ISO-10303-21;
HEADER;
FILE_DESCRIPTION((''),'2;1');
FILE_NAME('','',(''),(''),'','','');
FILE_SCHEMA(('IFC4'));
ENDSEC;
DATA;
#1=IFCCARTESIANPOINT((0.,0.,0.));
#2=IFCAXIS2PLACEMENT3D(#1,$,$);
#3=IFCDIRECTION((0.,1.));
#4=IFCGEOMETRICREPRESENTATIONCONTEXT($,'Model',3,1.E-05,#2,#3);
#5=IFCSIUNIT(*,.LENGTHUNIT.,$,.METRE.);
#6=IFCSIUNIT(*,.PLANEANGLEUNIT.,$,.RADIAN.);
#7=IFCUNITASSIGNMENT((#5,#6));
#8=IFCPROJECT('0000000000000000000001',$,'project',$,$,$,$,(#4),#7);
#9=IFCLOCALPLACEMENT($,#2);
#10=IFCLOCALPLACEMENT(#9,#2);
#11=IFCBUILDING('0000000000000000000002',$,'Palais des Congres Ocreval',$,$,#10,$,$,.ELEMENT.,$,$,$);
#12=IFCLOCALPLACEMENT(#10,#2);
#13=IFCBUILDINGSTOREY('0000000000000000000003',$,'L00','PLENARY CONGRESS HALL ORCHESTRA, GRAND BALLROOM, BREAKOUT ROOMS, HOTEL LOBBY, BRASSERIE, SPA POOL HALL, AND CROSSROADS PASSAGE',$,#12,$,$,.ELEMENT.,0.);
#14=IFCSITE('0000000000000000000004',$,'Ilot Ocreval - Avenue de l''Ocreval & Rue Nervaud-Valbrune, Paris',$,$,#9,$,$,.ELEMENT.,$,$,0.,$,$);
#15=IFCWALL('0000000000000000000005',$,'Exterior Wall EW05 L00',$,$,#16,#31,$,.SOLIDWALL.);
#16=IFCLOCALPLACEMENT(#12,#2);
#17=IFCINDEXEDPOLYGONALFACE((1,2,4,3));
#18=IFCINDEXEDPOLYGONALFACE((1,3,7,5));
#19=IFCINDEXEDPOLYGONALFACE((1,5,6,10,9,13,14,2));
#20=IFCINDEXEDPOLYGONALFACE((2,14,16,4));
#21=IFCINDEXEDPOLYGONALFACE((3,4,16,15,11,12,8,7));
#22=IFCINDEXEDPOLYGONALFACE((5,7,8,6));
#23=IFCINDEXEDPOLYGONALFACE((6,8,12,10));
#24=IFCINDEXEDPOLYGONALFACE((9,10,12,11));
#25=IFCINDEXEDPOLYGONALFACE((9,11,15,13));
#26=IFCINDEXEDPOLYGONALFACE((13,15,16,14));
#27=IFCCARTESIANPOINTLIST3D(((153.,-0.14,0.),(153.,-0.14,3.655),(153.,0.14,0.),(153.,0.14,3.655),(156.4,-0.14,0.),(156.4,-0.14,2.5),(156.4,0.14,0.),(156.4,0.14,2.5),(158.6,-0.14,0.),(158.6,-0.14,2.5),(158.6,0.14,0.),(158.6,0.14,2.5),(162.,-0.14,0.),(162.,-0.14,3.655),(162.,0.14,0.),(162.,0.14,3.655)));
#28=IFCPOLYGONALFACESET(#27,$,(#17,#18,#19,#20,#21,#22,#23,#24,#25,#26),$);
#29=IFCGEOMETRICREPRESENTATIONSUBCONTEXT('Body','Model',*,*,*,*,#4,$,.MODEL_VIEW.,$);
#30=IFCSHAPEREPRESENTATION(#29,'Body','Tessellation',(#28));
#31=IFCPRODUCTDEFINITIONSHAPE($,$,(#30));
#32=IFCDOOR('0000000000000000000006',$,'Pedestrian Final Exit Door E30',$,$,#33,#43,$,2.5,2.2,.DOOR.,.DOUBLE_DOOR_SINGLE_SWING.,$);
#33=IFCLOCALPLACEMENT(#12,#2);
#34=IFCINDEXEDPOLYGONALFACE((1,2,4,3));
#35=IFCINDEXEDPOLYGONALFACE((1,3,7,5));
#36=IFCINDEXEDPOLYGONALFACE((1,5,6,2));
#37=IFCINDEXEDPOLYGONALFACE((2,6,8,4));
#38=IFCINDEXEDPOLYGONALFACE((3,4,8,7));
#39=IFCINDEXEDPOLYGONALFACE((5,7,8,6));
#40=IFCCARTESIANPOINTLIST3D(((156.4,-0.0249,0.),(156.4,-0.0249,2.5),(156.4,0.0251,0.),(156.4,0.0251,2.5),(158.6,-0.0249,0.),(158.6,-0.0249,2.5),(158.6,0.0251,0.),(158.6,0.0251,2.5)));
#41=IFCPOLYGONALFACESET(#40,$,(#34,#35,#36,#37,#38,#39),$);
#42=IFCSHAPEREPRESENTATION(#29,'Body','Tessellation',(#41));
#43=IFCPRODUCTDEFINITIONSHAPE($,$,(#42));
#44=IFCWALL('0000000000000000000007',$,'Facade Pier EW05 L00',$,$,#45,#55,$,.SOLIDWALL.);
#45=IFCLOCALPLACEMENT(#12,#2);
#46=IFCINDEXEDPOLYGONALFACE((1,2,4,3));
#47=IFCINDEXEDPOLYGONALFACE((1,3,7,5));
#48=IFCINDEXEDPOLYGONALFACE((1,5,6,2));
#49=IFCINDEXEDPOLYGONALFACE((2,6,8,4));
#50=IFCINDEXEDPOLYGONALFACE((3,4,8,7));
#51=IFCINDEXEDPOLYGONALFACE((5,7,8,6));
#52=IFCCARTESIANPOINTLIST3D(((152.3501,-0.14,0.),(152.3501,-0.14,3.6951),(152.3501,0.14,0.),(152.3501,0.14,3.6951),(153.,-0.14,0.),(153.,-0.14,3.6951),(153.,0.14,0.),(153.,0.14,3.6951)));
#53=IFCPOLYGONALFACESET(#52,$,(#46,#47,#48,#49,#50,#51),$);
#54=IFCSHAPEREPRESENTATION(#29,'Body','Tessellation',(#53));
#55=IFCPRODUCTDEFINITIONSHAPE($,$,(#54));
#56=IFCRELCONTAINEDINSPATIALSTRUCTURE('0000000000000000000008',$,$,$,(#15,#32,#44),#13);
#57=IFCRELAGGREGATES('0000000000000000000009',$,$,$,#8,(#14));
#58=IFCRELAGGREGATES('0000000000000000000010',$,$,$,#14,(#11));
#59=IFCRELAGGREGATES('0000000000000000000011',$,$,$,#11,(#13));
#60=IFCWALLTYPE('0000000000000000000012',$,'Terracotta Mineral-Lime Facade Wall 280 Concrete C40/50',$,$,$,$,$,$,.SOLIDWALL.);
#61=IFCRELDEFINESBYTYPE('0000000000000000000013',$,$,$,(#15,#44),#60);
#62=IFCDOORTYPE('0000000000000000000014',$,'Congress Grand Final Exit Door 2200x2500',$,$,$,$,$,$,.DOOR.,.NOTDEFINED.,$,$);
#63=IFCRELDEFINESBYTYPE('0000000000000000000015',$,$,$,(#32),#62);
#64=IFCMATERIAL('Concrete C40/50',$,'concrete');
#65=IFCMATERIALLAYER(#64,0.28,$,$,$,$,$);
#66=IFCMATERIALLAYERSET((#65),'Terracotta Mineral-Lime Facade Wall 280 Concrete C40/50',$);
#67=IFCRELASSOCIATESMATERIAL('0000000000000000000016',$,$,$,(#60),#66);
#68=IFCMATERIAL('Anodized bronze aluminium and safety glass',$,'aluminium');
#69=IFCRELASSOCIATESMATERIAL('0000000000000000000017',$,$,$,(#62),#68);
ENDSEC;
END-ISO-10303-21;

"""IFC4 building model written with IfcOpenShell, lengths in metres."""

from ifc_helpers import new_model, si_unit, direction, frame, frame_2d, origin, place, context, subcontext, project, spatial, rectangle, extrude, material, layer, layer_set, type_object, element, fill, save


model = new_model("IFC4")

# Units and contexts
model_context = context("Model", 3, precision=1e-05, world=origin(), true_north=direction((0.0, 1.0)))
body_context = subcontext(model_context, "Body", "Model", "MODEL_VIEW")
ifc_project = project(units=[si_unit("LENGTHUNIT", "METRE"), si_unit("PLANEANGLEUNIT", "RADIAN")], contexts=[model_context])

# Site, building, storey
site_placement = place(None, origin())
site = spatial("IfcSite", under=ifc_project, at=site_placement, Name="Ilot Ocreval - Avenue de l'Ocreval & Rue Nervaud-Valbrune, Paris", CompositionType="ELEMENT", RefElevation=0.0)
building_placement = place(site_placement, origin())
building = spatial("IfcBuilding", under=site, at=building_placement, Name="Palais des Congres Ocreval", CompositionType="ELEMENT")
storey_placement = place(building_placement, origin())
storey = spatial("IfcBuildingStorey", under=building, at=storey_placement, Name="L00", Description="PLENARY CONGRESS HALL ORCHESTRA, GRAND BALLROOM, BREAKOUT ROOMS, HOTEL LOBBY, BRASSERIE, SPA POOL HALL, AND CROSSROADS PASSAGE", CompositionType="ELEMENT", Elevation=0.0)

# Shared definitions
ifc_material_1 = material(Name="Concrete C40/50", Category="concrete")

# Wall, opening, door
ifc_layer_1 = layer(ifc_material_1, 0.28)
ifc_layer_set_1 = layer_set([ifc_layer_1], Name="Terracotta Mineral-Lime Facade Wall 280 Concrete C40/50")
wall_type_1 = type_object("IfcWallType", Name="Terracotta Mineral-Lime Facade Wall 280 Concrete C40/50", PredefinedType="SOLIDWALL", material=ifc_layer_set_1)
wall_1_placement = place(storey_placement, frame((162.0, 0.0, 0.0), z_axis=(0.0, 0.0, 1.0), x_axis=(-1.0, 0.0, 0.0)))
wall_1 = element("IfcWall", 1, at=wall_1_placement, inside=storey, type_object=wall_type_1, Name="Exterior Wall EW05 L00", PredefinedType="SOLIDWALL", context=body_context, shape_type="SweptSolid", body=[
    extrude(rectangle(XDim=9.0, YDim=0.28, at=frame_2d((4.5, 0.0))), origin(), (0.0, 0.0, 1.0), 3.655),
])
opening_1_placement = place(wall_1_placement, frame((3.3999, 0.0, 0.0)))
opening_1 = element("IfcOpeningElement", 2, at=opening_1_placement, cuts=wall_1, PredefinedType="OPENING", context=body_context, shape_type="SweptSolid", body=[
    extrude(rectangle(XDim=2.2, YDim=2.5, at=frame_2d((1.1001, 1.25))), frame((0.0, 0.1499, 0.0), z_axis=(0.0, -1.0, 0.0), x_axis=(1.0, 0.0, 0.0)), (0.0, 0.0, 1.0), 0.3),
])
ifc_material_2 = material(Name="Anodized bronze aluminium and safety glass", Category="aluminium")
door_type_1 = type_object("IfcDoorType", Name="Congress Grand Final Exit Door 2200x2500", OperationType="NOTDEFINED", PredefinedType="DOOR", material=ifc_material_2)
door_1_placement = place(opening_1_placement, origin())
door_1 = element("IfcDoor", 3, at=door_1_placement, inside=storey, type_object=door_type_1, Name="Pedestrian Final Exit Door E30", OperationType="DOUBLE_DOOR_SINGLE_SWING", OverallHeight=2.5, OverallWidth=2.2, PredefinedType="DOOR", context=body_context, shape_type="SweptSolid", body=[
    extrude(rectangle(XDim=2.2, YDim=2.5, at=frame_2d((1.1001, 1.25))), frame((0.0, 0.0249, 0.0), z_axis=(0.0, -1.0, 0.0), x_axis=(1.0, 0.0, 0.0)), (0.0, 0.0, 1.0), 0.05),
])
fill(opening_1, door_1)

# Wall
wall_2_placement = place(storey_placement, frame((153.0, 0.0, 0.0), z_axis=(0.0, 0.0, 1.0), x_axis=(-1.0, 0.0, 0.0)))
element("IfcWall", 4, at=wall_2_placement, inside=storey, type_object=wall_type_1, Name="Facade Pier EW05 L00", PredefinedType="SOLIDWALL", context=body_context, shape_type="SweptSolid", body=[
    extrude(rectangle(XDim=0.6499, YDim=0.28, at=frame_2d((0.325, 0.0))), origin(), (0.0, 0.0, 1.0), 3.6951),
])

save(model, "model.ifc")
